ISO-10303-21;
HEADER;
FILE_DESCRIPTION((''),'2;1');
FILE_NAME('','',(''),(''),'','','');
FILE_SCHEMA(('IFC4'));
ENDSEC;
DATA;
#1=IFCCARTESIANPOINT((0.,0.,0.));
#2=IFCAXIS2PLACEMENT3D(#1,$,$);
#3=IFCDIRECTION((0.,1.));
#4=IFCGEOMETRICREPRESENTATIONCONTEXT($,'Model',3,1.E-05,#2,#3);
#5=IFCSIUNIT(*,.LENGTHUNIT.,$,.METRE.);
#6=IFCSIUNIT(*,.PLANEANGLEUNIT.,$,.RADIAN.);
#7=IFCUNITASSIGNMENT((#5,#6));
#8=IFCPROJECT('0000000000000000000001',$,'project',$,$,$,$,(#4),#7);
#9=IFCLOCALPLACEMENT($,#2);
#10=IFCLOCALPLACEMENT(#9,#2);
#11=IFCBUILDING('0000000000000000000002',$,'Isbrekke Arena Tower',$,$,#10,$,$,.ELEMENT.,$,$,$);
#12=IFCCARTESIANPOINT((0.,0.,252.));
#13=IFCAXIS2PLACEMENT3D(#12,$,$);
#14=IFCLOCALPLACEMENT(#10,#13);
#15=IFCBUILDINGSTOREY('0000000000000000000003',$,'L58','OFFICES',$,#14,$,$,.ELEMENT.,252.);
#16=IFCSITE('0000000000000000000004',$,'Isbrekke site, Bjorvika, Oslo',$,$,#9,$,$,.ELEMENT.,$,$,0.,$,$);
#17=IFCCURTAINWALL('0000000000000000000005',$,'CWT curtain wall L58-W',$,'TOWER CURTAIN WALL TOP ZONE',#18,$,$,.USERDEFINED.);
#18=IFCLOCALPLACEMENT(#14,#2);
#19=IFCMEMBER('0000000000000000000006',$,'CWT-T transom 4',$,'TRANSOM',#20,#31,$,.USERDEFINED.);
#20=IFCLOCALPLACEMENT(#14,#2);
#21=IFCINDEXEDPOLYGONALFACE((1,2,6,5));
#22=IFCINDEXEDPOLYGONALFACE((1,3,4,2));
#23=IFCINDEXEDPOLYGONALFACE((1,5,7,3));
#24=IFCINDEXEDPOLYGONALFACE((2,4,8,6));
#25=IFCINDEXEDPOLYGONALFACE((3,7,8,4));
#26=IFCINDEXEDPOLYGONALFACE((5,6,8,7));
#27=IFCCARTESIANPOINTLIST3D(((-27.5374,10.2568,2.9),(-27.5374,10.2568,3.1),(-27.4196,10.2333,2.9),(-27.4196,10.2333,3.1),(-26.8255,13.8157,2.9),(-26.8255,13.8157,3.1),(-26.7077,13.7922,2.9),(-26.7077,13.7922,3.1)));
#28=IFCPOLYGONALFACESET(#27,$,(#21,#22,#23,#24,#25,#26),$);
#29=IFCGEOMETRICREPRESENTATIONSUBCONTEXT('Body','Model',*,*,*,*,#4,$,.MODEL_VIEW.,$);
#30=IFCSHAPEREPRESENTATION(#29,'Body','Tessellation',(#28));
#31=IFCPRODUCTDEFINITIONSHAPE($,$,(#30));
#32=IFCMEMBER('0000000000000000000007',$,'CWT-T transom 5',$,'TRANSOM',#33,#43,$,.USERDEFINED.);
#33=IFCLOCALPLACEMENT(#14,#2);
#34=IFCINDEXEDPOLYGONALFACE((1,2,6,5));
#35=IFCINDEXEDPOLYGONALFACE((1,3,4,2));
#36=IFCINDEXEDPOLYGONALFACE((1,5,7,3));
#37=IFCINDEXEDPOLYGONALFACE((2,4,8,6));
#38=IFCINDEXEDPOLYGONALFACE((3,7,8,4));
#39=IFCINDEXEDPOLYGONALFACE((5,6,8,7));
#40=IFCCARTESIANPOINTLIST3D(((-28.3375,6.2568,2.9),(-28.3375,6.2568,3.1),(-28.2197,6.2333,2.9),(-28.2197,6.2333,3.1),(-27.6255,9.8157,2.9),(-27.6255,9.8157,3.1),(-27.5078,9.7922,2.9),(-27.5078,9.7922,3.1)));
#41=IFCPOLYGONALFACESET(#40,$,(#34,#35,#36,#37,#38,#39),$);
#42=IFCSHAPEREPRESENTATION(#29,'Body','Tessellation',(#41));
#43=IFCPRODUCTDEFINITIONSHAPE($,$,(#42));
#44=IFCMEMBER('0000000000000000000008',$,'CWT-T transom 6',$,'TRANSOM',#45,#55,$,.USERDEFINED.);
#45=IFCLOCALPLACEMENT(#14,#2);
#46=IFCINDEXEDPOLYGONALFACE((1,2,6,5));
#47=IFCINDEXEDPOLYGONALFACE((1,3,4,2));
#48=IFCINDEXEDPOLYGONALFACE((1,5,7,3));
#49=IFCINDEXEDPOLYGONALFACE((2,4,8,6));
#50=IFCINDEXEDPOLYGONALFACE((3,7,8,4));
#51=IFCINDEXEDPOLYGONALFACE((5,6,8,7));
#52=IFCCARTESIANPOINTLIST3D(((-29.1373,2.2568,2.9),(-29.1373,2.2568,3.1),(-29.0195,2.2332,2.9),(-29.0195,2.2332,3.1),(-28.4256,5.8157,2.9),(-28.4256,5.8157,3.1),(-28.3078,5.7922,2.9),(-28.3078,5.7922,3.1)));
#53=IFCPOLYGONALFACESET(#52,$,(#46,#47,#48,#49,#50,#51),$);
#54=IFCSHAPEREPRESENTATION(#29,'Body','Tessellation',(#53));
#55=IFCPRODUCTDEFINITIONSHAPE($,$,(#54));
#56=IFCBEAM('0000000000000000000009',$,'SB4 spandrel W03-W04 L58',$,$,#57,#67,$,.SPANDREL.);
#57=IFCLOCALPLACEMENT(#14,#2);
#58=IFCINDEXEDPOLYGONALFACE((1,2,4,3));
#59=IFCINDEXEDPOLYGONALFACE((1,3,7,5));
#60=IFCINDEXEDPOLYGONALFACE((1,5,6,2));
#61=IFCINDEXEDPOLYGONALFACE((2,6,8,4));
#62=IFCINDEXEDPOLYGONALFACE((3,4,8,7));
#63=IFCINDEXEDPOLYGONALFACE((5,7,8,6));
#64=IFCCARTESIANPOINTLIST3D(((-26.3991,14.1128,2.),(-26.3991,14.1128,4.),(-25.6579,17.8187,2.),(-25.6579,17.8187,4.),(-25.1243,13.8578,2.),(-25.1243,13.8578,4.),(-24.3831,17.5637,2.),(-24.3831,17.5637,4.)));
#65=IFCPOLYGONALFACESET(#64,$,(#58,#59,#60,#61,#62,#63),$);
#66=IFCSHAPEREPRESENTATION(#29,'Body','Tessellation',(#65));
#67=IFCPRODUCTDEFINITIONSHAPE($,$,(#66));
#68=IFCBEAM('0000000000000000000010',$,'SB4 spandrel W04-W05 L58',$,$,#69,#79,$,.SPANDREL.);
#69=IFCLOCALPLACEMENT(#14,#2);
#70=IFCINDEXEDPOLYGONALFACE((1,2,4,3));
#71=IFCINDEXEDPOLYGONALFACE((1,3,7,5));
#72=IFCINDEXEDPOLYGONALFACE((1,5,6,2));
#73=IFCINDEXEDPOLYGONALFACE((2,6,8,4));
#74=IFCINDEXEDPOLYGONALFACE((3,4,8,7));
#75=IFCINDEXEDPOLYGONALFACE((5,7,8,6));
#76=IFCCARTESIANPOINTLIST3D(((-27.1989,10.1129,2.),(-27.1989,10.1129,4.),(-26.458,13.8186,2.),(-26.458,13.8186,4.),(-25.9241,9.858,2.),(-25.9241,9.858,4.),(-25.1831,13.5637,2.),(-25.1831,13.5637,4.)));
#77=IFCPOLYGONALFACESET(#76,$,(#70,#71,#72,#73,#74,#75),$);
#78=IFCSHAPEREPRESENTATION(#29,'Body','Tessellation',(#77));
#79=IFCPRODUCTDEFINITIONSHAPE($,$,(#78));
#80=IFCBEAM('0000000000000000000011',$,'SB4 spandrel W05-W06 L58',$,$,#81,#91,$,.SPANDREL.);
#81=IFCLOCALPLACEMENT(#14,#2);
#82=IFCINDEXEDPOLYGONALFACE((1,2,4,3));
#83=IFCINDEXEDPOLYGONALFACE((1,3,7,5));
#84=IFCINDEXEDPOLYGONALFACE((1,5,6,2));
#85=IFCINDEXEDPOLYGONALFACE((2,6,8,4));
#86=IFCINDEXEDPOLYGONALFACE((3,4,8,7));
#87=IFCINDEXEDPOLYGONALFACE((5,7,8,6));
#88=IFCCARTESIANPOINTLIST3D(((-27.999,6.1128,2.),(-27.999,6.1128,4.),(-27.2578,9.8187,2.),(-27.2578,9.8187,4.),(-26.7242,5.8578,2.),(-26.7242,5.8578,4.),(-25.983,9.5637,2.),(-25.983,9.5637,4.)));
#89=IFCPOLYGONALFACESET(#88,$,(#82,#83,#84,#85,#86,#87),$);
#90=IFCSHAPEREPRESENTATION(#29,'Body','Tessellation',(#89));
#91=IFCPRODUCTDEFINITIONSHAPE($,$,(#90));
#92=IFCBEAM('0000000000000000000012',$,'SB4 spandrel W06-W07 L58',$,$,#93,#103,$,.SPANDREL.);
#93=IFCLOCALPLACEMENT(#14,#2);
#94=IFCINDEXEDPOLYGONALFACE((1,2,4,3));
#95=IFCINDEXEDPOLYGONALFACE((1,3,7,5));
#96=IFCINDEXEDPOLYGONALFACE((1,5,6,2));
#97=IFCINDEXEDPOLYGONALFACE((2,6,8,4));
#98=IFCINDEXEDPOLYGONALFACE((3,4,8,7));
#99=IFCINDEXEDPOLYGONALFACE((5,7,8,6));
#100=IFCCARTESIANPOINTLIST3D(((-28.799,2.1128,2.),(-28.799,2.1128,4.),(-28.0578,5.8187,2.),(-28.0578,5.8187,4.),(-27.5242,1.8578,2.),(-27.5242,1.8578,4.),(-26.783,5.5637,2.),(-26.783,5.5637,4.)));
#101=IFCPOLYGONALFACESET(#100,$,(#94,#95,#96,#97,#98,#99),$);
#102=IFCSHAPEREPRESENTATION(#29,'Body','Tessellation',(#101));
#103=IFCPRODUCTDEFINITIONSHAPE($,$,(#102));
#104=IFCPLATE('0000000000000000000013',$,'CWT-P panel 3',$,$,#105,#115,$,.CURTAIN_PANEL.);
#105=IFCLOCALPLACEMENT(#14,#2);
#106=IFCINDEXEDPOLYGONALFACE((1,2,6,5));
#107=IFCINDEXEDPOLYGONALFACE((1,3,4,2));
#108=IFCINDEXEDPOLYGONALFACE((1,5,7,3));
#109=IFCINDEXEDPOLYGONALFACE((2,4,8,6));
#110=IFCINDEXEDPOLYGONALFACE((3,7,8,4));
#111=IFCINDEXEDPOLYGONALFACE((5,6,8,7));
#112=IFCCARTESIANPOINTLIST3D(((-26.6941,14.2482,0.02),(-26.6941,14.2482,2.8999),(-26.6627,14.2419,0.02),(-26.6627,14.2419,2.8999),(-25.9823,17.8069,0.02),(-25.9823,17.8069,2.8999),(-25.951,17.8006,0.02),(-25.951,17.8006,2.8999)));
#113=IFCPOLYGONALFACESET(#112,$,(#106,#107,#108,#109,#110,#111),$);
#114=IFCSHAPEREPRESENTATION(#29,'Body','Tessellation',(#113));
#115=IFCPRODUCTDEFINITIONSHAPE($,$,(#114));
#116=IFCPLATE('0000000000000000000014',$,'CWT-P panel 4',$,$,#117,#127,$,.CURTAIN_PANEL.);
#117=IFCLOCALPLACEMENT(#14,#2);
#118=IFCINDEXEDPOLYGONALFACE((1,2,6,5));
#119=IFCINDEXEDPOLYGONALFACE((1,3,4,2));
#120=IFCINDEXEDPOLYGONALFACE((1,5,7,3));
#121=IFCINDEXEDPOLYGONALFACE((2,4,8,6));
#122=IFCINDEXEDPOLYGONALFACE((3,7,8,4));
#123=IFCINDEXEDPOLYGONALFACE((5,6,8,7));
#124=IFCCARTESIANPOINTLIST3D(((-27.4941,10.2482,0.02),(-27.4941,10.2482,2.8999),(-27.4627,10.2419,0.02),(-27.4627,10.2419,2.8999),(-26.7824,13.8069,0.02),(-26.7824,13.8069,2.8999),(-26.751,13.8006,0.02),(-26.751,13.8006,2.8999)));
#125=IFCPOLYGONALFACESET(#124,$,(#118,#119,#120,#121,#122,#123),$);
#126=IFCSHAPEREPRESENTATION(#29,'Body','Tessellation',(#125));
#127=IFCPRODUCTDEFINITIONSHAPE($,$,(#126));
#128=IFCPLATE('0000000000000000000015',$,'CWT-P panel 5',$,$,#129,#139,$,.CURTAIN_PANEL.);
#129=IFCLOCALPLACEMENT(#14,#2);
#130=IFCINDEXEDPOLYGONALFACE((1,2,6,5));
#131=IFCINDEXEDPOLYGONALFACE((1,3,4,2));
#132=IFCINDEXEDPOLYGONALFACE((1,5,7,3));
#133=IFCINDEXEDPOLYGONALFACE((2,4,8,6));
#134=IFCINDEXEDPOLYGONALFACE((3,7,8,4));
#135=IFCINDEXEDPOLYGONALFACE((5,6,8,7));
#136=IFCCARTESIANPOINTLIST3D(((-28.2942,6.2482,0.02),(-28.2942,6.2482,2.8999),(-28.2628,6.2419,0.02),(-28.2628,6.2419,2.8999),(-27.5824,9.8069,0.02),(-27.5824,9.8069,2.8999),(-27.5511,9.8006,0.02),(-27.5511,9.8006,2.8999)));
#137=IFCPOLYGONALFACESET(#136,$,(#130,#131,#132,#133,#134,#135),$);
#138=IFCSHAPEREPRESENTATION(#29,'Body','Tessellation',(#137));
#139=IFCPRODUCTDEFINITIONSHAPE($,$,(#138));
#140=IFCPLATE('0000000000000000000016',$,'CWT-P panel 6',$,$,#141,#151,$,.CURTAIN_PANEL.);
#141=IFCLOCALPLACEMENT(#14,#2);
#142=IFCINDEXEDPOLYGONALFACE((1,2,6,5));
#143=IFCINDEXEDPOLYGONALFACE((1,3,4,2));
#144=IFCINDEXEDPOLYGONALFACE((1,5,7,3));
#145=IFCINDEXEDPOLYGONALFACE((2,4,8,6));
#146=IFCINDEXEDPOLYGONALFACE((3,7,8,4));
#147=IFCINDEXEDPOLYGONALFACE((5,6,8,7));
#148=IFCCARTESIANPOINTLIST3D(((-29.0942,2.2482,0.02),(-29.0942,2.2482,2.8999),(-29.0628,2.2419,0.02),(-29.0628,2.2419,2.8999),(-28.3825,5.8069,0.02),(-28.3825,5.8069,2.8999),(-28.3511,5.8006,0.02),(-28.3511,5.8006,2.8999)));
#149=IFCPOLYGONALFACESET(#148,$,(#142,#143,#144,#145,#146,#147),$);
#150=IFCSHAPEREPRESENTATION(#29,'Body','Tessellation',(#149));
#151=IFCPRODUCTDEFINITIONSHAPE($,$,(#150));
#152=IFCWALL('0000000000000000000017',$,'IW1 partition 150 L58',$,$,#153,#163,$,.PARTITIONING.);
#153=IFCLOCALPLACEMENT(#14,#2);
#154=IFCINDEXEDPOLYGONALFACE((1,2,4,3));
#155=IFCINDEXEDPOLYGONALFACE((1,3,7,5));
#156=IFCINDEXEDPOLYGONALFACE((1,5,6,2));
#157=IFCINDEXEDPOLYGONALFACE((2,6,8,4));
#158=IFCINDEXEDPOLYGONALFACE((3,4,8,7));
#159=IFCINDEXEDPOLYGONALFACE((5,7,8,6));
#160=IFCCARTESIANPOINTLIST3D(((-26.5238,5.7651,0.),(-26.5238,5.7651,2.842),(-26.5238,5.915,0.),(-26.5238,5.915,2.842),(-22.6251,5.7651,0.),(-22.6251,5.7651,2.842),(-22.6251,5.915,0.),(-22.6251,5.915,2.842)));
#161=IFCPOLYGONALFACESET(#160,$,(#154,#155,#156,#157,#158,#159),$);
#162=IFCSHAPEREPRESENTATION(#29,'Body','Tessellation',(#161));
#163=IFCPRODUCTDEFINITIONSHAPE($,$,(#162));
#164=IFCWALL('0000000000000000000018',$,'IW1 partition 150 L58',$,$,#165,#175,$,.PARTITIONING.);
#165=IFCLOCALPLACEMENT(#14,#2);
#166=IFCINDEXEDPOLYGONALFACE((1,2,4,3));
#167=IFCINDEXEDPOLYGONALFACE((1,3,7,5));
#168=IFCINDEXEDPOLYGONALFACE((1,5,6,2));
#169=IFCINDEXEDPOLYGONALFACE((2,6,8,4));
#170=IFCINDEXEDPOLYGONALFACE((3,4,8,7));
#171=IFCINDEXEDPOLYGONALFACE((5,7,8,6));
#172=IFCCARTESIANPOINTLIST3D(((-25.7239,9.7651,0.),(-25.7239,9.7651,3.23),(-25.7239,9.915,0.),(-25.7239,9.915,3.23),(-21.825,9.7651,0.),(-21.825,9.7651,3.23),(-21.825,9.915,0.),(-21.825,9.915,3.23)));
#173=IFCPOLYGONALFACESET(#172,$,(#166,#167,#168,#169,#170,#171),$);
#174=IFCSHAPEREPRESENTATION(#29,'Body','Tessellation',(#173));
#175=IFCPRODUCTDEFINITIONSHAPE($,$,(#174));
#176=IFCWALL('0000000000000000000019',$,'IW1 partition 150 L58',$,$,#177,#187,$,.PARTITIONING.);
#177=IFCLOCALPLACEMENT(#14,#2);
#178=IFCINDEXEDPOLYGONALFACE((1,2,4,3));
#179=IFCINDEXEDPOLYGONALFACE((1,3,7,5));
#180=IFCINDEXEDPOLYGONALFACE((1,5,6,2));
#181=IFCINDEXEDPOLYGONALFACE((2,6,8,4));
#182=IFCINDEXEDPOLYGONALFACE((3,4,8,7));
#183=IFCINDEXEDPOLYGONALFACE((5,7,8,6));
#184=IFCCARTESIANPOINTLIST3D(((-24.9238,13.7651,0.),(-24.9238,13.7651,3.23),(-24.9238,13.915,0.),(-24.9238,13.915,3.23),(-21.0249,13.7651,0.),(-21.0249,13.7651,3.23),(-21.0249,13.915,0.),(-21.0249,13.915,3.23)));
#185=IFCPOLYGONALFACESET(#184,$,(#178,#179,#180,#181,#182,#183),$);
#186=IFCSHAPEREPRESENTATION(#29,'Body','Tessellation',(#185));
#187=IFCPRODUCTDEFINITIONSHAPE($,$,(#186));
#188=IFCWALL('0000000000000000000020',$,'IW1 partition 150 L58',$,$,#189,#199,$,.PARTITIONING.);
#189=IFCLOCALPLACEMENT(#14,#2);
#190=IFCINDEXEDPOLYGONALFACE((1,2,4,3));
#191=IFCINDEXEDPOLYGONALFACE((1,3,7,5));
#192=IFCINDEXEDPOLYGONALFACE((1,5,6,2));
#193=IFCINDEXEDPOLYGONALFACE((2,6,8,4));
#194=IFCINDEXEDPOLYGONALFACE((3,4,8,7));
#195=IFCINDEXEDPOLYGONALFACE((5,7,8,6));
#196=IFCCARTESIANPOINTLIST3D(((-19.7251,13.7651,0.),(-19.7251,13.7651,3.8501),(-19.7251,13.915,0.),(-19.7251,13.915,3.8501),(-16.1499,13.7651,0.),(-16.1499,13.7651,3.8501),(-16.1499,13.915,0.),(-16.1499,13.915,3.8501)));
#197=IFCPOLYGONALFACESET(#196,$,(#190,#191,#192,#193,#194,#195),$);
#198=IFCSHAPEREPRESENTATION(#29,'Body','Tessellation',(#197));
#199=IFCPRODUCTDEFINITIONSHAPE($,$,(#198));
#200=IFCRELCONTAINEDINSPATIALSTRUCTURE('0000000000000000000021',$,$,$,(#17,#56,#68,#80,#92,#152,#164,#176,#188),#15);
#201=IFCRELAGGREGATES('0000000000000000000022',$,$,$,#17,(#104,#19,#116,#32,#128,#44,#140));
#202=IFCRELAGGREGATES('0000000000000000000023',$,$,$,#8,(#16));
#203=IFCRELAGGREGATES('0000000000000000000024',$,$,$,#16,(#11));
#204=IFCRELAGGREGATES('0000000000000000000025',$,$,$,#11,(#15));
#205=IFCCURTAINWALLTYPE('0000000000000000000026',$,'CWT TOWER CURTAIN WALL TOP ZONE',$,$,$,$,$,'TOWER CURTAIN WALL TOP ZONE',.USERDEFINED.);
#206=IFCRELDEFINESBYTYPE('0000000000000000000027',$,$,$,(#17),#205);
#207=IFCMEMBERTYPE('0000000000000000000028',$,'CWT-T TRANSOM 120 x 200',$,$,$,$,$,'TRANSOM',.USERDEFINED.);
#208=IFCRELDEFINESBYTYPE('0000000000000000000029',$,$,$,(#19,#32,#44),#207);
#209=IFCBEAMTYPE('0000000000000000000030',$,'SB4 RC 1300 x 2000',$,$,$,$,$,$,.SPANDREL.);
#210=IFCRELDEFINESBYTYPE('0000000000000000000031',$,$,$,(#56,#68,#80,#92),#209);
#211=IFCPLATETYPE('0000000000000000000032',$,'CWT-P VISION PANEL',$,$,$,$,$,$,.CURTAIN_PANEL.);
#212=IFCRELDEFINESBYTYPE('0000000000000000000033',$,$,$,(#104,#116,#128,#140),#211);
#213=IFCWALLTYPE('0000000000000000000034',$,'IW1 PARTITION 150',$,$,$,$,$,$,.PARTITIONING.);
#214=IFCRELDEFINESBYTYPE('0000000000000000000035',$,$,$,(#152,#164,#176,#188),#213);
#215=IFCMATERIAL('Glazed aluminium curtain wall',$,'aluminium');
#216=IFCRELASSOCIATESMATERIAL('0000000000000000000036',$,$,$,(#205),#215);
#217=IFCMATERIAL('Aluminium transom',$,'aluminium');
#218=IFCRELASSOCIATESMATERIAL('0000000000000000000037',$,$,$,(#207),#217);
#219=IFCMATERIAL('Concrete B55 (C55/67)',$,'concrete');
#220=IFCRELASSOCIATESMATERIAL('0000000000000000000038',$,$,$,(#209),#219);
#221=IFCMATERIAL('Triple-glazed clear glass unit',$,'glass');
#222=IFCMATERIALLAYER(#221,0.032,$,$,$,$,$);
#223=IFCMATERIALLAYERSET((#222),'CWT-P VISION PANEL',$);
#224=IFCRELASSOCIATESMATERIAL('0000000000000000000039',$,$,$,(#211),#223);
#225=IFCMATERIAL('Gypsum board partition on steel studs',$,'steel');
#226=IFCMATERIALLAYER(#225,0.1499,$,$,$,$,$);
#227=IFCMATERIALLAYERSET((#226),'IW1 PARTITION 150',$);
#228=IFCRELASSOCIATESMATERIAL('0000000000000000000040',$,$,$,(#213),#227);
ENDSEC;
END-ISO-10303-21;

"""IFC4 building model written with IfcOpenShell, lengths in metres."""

from ifc_helpers import new_model, si_unit, direction, frame, frame_2d, origin, origin_2d, place, context, subcontext, project, spatial, rectangle, extrude, material, layer, layer_set, material_profile, profile_set, type_object, element, aggregate, save


model = new_model("IFC4")

# Units and contexts
model_context = context("Model", 3, precision=1e-05, world=origin(), true_north=direction((0.0, 1.0)))
body_context = subcontext(model_context, "Body", "Model", "MODEL_VIEW")
ifc_project = project(units=[si_unit("LENGTHUNIT", "METRE"), si_unit("PLANEANGLEUNIT", "RADIAN")], contexts=[model_context])

# Site, building, storey
site_placement = place(None, origin())
site = spatial("IfcSite", under=ifc_project, at=site_placement, Name="Isbrekke site, Bjorvika, Oslo", CompositionType="ELEMENT", RefElevation=0.0)
building_placement = place(site_placement, origin())
building = spatial("IfcBuilding", under=site, at=building_placement, Name="Isbrekke Arena Tower", CompositionType="ELEMENT")
storey_placement = place(building_placement, frame((0.0, 0.0, 252.0)))
storey = spatial("IfcBuildingStorey", under=building, at=storey_placement, Name="L58", Description="OFFICES", CompositionType="ELEMENT", Elevation=252.0)

# Curtain wall, members
ifc_material_1 = material(Name="Glazed aluminium curtain wall", Category="aluminium")
curtain_wall_type = type_object("IfcCurtainWallType", Name="CWT TOWER CURTAIN WALL TOP ZONE", ElementType="TOWER CURTAIN WALL TOP ZONE", PredefinedType="USERDEFINED", material=ifc_material_1)
curtain_wall_placement = place(storey_placement, origin())
curtain_wall = element("IfcCurtainWall", 1, at=curtain_wall_placement, inside=storey, type_object=curtain_wall_type, Name="CWT curtain wall L58-W", ObjectType="TOWER CURTAIN WALL TOP ZONE", PredefinedType="USERDEFINED")
ifc_material_2 = material(Name="Aluminium transom", Category="aluminium")
ifc_material_profile_1 = material_profile(ifc_material_2, rectangle(XDim=0.1201, YDim=0.2, at=origin_2d()), Name="TRANSOM 120X200")
ifc_profile_set_1 = profile_set([ifc_material_profile_1], Name="Aluminium transom")
member_type_1 = type_object("IfcMemberType", Name="CWT-T TRANSOM 120 x 200", ElementType="TRANSOM", PredefinedType="USERDEFINED", material=ifc_profile_set_1)
member_1_placement = place(storey_placement, frame((-26.7666, 13.804, 3.0), z_axis=(-0.196155, -0.980573, 0.0), x_axis=(0.980573, -0.196155, 0.0)))
member_1 = element("IfcMember", 2, at=member_1_placement, type_object=member_type_1, Name="CWT-T transom 4", ObjectType="TRANSOM", PredefinedType="USERDEFINED", context=body_context, shape_type="SweptSolid", body=[
    extrude(rectangle(XDim=0.1201, YDim=0.2, at=origin_2d()), origin(), (0.0, 0.0, 1.0), 3.6294),
])
member_2_placement = place(storey_placement, frame((-27.5667, 9.804, 3.0), z_axis=(-0.196155, -0.980573, 0.0), x_axis=(0.980573, -0.196155, 0.0)))
member_2 = element("IfcMember", 3, at=member_2_placement, type_object=member_type_1, Name="CWT-T transom 5", ObjectType="TRANSOM", PredefinedType="USERDEFINED", context=body_context, shape_type="SweptSolid", body=[
    extrude(rectangle(XDim=0.1201, YDim=0.2, at=origin_2d()), origin(), (0.0, 0.0, 1.0), 3.6294),
])
member_3_placement = place(storey_placement, frame((-28.3667, 5.804, 3.0), z_axis=(-0.19609, -0.980586, 0.0), x_axis=(0.980586, -0.19609, 0.0)))
member_3 = element("IfcMember", 4, at=member_3_placement, type_object=member_type_1, Name="CWT-T transom 6", ObjectType="TRANSOM", PredefinedType="USERDEFINED", context=body_context, shape_type="SweptSolid", body=[
    extrude(rectangle(XDim=0.1201, YDim=0.2, at=origin_2d()), origin(), (0.0, 0.0, 1.0), 3.6294),
])

# Beams
ifc_material_3 = material(Name="Concrete B55 (C55/67)", Category="concrete")
ifc_material_profile_2 = material_profile(ifc_material_3, rectangle(XDim=1.3, YDim=2.0, at=origin_2d()), Name="RC 1300x2000")
ifc_profile_set_2 = profile_set([ifc_material_profile_2], Name="Concrete B55 (C55/67)")
beam_type_1 = type_object("IfcBeamType", Name="SB4 RC 1300 x 2000", PredefinedType="SPANDREL", material=ifc_profile_set_2)
beam_1_placement = place(storey_placement, frame((-25.0205, 17.6912, 3.0), z_axis=(-0.196129, -0.980578, 0.0), x_axis=(0.980578, -0.196129, 0.0)))
element("IfcBeam", 5, at=beam_1_placement, inside=storey, type_object=beam_type_1, Name="SB4 spandrel W03-W04 L58", PredefinedType="SPANDREL", context=body_context, shape_type="SweptSolid", body=[
    extrude(rectangle(XDim=1.3, YDim=2.0, at=origin_2d()), origin(), (0.0, 0.0, 1.0), 3.7793),
])
beam_2_placement = place(storey_placement, frame((-25.8206, 13.6912, 3.0), z_axis=(-0.196066, -0.980591, 0.0), x_axis=(0.980591, -0.196066, 0.0)))
element("IfcBeam", 6, at=beam_2_placement, inside=storey, type_object=beam_type_1, Name="SB4 spandrel W04-W05 L58", PredefinedType="SPANDREL", context=body_context, shape_type="SweptSolid", body=[
    extrude(rectangle(XDim=1.3, YDim=2.0, at=origin_2d()), origin(), (0.0, 0.0, 1.0), 3.7791),
])
for number, where, z_axis, x_axis, name in (
    (7, (-26.6204, 9.6912, 3.0), (-0.196129, -0.980578, 0.0), (0.980578, -0.196129, 0.0), "SB4 spandrel W05-W06 L58"),
    (8, (-27.4204, 5.6912, 3.0), (-0.196129, -0.980578, 0.0), (0.980578, -0.196129, 0.0), "SB4 spandrel W06-W07 L58"),
):
    element("IfcBeam", number, at=place(storey_placement, frame(where, z_axis=z_axis, x_axis=x_axis)), inside=storey, type_object=beam_type_1, Name=name, PredefinedType="SPANDREL", context=body_context, shape_type="SweptSolid", body=[
        extrude(rectangle(XDim=1.3, YDim=2.0, at=origin_2d()), origin(), (0.0, 0.0, 1.0), 3.7793),
    ])

# Plates
ifc_material_4 = material(Name="Triple-glazed clear glass unit", Category="glass")
ifc_layer_1 = layer(ifc_material_4, 0.032)
ifc_layer_set_1 = layer_set([ifc_layer_1], Name="CWT-P VISION PANEL")
plate_type = type_object("IfcPlateType", Name="CWT-P VISION PANEL", PredefinedType="CURTAIN_PANEL", material=ifc_layer_set_1)
plate_1_placement = place(storey_placement, frame((-26.3225, 16.0244, 0.02), z_axis=(0.0, 0.0, 1.0), x_axis=(-0.196116, -0.980581, 0.0)))
plate_1 = element("IfcPlate", 9, at=plate_1_placement, type_object=plate_type, Name="CWT-P panel 3", PredefinedType="CURTAIN_PANEL", context=body_context, shape_type="SweptSolid", body=[
    extrude(rectangle(XDim=3.6292, YDim=0.032, at=origin_2d()), origin(), (0.0, 0.0, 1.0), 2.8799),
])
plate_2_placement = place(storey_placement, frame((-27.1226, 12.0244, 0.02), z_axis=(0.0, 0.0, 1.0), x_axis=(-0.196116, -0.980581, 0.0)))
plate_2 = element("IfcPlate", 10, at=plate_2_placement, type_object=plate_type, Name="CWT-P panel 4", PredefinedType="CURTAIN_PANEL", context=body_context, shape_type="SweptSolid", body=[
    extrude(rectangle(XDim=3.6292, YDim=0.032, at=origin_2d()), origin(), (0.0, 0.0, 1.0), 2.8799),
])
plate_3_placement = place(storey_placement, frame((-27.9226, 8.0244, 0.02), z_axis=(0.0, 0.0, 1.0), x_axis=(-0.196116, -0.980581, 0.0)))
plate_3 = element("IfcPlate", 11, at=plate_3_placement, type_object=plate_type, Name="CWT-P panel 5", PredefinedType="CURTAIN_PANEL", context=body_context, shape_type="SweptSolid", body=[
    extrude(rectangle(XDim=3.6292, YDim=0.032, at=origin_2d()), origin(), (0.0, 0.0, 1.0), 2.8799),
])
plate_4_placement = place(storey_placement, frame((-28.7227, 4.0244, 0.02), z_axis=(0.0, 0.0, 1.0), x_axis=(-0.196116, -0.980581, 0.0)))
plate_4 = element("IfcPlate", 12, at=plate_4_placement, type_object=plate_type, Name="CWT-P panel 6", PredefinedType="CURTAIN_PANEL", context=body_context, shape_type="SweptSolid", body=[
    extrude(rectangle(XDim=3.6292, YDim=0.032, at=origin_2d()), origin(), (0.0, 0.0, 1.0), 2.8799),
])
aggregate(curtain_wall, [plate_1, member_1, plate_2, member_2, plate_3, member_3, plate_4])

# Walls
ifc_material_5 = material(Name="Gypsum board partition on steel studs", Category="steel")
ifc_layer_2 = layer(ifc_material_5, 0.1499)
ifc_layer_set_2 = layer_set([ifc_layer_2], Name="IW1 PARTITION 150")
wall_type = type_object("IfcWallType", Name="IW1 PARTITION 150", PredefinedType="PARTITIONING", material=ifc_layer_set_2)
wall_1_placement = place(storey_placement, frame((-26.5237, 5.8401, 0.0), z_axis=(0.0, 0.0, 1.0), x_axis=(1.0, 0.0, 0.0)))
element("IfcWall", 13, at=wall_1_placement, inside=storey, type_object=wall_type, Name="IW1 partition 150 L58", PredefinedType="PARTITIONING", context=body_context, shape_type="SweptSolid", body=[
    extrude(rectangle(XDim=3.8987, YDim=0.1499, at=frame_2d((1.9492, 0.0))), origin(), (0.0, 0.0, 1.0), 2.842),
])
for number, where, z_axis, x_axis, name in (
    (14, (-25.7239, 9.8401, 0.0), (0.0, 0.0, 1.0), (1.0, 0.0, 0.0), "IW1 partition 150 L58"),
    (15, (-24.9238, 13.8401, 0.0), (0.0, 0.0, 1.0), (1.0, 0.0, 0.0), "IW1 partition 150 L58"),
):
    element("IfcWall", number, at=place(storey_placement, frame(where, z_axis=z_axis, x_axis=x_axis)), inside=storey, type_object=wall_type, Name=name, PredefinedType="PARTITIONING", context=body_context, shape_type="SweptSolid", body=[
        extrude(rectangle(XDim=3.8989, YDim=0.1499, at=frame_2d((1.9495, 0.0))), origin(), (0.0, 0.0, 1.0), 3.23),
    ])
wall_2_placement = place(storey_placement, frame((-19.7251, 13.8401, 0.0), z_axis=(0.0, 0.0, 1.0), x_axis=(1.0, 0.0, 0.0)))
element("IfcWall", 16, at=wall_2_placement, inside=storey, type_object=wall_type, Name="IW1 partition 150 L58", PredefinedType="PARTITIONING", context=body_context, shape_type="SweptSolid", body=[
    extrude(rectangle(XDim=3.5752, YDim=0.1499, at=frame_2d((1.7876, 0.0))), origin(), (0.0, 0.0, 1.0), 3.8501),
])

save(model, "model.ifc")
